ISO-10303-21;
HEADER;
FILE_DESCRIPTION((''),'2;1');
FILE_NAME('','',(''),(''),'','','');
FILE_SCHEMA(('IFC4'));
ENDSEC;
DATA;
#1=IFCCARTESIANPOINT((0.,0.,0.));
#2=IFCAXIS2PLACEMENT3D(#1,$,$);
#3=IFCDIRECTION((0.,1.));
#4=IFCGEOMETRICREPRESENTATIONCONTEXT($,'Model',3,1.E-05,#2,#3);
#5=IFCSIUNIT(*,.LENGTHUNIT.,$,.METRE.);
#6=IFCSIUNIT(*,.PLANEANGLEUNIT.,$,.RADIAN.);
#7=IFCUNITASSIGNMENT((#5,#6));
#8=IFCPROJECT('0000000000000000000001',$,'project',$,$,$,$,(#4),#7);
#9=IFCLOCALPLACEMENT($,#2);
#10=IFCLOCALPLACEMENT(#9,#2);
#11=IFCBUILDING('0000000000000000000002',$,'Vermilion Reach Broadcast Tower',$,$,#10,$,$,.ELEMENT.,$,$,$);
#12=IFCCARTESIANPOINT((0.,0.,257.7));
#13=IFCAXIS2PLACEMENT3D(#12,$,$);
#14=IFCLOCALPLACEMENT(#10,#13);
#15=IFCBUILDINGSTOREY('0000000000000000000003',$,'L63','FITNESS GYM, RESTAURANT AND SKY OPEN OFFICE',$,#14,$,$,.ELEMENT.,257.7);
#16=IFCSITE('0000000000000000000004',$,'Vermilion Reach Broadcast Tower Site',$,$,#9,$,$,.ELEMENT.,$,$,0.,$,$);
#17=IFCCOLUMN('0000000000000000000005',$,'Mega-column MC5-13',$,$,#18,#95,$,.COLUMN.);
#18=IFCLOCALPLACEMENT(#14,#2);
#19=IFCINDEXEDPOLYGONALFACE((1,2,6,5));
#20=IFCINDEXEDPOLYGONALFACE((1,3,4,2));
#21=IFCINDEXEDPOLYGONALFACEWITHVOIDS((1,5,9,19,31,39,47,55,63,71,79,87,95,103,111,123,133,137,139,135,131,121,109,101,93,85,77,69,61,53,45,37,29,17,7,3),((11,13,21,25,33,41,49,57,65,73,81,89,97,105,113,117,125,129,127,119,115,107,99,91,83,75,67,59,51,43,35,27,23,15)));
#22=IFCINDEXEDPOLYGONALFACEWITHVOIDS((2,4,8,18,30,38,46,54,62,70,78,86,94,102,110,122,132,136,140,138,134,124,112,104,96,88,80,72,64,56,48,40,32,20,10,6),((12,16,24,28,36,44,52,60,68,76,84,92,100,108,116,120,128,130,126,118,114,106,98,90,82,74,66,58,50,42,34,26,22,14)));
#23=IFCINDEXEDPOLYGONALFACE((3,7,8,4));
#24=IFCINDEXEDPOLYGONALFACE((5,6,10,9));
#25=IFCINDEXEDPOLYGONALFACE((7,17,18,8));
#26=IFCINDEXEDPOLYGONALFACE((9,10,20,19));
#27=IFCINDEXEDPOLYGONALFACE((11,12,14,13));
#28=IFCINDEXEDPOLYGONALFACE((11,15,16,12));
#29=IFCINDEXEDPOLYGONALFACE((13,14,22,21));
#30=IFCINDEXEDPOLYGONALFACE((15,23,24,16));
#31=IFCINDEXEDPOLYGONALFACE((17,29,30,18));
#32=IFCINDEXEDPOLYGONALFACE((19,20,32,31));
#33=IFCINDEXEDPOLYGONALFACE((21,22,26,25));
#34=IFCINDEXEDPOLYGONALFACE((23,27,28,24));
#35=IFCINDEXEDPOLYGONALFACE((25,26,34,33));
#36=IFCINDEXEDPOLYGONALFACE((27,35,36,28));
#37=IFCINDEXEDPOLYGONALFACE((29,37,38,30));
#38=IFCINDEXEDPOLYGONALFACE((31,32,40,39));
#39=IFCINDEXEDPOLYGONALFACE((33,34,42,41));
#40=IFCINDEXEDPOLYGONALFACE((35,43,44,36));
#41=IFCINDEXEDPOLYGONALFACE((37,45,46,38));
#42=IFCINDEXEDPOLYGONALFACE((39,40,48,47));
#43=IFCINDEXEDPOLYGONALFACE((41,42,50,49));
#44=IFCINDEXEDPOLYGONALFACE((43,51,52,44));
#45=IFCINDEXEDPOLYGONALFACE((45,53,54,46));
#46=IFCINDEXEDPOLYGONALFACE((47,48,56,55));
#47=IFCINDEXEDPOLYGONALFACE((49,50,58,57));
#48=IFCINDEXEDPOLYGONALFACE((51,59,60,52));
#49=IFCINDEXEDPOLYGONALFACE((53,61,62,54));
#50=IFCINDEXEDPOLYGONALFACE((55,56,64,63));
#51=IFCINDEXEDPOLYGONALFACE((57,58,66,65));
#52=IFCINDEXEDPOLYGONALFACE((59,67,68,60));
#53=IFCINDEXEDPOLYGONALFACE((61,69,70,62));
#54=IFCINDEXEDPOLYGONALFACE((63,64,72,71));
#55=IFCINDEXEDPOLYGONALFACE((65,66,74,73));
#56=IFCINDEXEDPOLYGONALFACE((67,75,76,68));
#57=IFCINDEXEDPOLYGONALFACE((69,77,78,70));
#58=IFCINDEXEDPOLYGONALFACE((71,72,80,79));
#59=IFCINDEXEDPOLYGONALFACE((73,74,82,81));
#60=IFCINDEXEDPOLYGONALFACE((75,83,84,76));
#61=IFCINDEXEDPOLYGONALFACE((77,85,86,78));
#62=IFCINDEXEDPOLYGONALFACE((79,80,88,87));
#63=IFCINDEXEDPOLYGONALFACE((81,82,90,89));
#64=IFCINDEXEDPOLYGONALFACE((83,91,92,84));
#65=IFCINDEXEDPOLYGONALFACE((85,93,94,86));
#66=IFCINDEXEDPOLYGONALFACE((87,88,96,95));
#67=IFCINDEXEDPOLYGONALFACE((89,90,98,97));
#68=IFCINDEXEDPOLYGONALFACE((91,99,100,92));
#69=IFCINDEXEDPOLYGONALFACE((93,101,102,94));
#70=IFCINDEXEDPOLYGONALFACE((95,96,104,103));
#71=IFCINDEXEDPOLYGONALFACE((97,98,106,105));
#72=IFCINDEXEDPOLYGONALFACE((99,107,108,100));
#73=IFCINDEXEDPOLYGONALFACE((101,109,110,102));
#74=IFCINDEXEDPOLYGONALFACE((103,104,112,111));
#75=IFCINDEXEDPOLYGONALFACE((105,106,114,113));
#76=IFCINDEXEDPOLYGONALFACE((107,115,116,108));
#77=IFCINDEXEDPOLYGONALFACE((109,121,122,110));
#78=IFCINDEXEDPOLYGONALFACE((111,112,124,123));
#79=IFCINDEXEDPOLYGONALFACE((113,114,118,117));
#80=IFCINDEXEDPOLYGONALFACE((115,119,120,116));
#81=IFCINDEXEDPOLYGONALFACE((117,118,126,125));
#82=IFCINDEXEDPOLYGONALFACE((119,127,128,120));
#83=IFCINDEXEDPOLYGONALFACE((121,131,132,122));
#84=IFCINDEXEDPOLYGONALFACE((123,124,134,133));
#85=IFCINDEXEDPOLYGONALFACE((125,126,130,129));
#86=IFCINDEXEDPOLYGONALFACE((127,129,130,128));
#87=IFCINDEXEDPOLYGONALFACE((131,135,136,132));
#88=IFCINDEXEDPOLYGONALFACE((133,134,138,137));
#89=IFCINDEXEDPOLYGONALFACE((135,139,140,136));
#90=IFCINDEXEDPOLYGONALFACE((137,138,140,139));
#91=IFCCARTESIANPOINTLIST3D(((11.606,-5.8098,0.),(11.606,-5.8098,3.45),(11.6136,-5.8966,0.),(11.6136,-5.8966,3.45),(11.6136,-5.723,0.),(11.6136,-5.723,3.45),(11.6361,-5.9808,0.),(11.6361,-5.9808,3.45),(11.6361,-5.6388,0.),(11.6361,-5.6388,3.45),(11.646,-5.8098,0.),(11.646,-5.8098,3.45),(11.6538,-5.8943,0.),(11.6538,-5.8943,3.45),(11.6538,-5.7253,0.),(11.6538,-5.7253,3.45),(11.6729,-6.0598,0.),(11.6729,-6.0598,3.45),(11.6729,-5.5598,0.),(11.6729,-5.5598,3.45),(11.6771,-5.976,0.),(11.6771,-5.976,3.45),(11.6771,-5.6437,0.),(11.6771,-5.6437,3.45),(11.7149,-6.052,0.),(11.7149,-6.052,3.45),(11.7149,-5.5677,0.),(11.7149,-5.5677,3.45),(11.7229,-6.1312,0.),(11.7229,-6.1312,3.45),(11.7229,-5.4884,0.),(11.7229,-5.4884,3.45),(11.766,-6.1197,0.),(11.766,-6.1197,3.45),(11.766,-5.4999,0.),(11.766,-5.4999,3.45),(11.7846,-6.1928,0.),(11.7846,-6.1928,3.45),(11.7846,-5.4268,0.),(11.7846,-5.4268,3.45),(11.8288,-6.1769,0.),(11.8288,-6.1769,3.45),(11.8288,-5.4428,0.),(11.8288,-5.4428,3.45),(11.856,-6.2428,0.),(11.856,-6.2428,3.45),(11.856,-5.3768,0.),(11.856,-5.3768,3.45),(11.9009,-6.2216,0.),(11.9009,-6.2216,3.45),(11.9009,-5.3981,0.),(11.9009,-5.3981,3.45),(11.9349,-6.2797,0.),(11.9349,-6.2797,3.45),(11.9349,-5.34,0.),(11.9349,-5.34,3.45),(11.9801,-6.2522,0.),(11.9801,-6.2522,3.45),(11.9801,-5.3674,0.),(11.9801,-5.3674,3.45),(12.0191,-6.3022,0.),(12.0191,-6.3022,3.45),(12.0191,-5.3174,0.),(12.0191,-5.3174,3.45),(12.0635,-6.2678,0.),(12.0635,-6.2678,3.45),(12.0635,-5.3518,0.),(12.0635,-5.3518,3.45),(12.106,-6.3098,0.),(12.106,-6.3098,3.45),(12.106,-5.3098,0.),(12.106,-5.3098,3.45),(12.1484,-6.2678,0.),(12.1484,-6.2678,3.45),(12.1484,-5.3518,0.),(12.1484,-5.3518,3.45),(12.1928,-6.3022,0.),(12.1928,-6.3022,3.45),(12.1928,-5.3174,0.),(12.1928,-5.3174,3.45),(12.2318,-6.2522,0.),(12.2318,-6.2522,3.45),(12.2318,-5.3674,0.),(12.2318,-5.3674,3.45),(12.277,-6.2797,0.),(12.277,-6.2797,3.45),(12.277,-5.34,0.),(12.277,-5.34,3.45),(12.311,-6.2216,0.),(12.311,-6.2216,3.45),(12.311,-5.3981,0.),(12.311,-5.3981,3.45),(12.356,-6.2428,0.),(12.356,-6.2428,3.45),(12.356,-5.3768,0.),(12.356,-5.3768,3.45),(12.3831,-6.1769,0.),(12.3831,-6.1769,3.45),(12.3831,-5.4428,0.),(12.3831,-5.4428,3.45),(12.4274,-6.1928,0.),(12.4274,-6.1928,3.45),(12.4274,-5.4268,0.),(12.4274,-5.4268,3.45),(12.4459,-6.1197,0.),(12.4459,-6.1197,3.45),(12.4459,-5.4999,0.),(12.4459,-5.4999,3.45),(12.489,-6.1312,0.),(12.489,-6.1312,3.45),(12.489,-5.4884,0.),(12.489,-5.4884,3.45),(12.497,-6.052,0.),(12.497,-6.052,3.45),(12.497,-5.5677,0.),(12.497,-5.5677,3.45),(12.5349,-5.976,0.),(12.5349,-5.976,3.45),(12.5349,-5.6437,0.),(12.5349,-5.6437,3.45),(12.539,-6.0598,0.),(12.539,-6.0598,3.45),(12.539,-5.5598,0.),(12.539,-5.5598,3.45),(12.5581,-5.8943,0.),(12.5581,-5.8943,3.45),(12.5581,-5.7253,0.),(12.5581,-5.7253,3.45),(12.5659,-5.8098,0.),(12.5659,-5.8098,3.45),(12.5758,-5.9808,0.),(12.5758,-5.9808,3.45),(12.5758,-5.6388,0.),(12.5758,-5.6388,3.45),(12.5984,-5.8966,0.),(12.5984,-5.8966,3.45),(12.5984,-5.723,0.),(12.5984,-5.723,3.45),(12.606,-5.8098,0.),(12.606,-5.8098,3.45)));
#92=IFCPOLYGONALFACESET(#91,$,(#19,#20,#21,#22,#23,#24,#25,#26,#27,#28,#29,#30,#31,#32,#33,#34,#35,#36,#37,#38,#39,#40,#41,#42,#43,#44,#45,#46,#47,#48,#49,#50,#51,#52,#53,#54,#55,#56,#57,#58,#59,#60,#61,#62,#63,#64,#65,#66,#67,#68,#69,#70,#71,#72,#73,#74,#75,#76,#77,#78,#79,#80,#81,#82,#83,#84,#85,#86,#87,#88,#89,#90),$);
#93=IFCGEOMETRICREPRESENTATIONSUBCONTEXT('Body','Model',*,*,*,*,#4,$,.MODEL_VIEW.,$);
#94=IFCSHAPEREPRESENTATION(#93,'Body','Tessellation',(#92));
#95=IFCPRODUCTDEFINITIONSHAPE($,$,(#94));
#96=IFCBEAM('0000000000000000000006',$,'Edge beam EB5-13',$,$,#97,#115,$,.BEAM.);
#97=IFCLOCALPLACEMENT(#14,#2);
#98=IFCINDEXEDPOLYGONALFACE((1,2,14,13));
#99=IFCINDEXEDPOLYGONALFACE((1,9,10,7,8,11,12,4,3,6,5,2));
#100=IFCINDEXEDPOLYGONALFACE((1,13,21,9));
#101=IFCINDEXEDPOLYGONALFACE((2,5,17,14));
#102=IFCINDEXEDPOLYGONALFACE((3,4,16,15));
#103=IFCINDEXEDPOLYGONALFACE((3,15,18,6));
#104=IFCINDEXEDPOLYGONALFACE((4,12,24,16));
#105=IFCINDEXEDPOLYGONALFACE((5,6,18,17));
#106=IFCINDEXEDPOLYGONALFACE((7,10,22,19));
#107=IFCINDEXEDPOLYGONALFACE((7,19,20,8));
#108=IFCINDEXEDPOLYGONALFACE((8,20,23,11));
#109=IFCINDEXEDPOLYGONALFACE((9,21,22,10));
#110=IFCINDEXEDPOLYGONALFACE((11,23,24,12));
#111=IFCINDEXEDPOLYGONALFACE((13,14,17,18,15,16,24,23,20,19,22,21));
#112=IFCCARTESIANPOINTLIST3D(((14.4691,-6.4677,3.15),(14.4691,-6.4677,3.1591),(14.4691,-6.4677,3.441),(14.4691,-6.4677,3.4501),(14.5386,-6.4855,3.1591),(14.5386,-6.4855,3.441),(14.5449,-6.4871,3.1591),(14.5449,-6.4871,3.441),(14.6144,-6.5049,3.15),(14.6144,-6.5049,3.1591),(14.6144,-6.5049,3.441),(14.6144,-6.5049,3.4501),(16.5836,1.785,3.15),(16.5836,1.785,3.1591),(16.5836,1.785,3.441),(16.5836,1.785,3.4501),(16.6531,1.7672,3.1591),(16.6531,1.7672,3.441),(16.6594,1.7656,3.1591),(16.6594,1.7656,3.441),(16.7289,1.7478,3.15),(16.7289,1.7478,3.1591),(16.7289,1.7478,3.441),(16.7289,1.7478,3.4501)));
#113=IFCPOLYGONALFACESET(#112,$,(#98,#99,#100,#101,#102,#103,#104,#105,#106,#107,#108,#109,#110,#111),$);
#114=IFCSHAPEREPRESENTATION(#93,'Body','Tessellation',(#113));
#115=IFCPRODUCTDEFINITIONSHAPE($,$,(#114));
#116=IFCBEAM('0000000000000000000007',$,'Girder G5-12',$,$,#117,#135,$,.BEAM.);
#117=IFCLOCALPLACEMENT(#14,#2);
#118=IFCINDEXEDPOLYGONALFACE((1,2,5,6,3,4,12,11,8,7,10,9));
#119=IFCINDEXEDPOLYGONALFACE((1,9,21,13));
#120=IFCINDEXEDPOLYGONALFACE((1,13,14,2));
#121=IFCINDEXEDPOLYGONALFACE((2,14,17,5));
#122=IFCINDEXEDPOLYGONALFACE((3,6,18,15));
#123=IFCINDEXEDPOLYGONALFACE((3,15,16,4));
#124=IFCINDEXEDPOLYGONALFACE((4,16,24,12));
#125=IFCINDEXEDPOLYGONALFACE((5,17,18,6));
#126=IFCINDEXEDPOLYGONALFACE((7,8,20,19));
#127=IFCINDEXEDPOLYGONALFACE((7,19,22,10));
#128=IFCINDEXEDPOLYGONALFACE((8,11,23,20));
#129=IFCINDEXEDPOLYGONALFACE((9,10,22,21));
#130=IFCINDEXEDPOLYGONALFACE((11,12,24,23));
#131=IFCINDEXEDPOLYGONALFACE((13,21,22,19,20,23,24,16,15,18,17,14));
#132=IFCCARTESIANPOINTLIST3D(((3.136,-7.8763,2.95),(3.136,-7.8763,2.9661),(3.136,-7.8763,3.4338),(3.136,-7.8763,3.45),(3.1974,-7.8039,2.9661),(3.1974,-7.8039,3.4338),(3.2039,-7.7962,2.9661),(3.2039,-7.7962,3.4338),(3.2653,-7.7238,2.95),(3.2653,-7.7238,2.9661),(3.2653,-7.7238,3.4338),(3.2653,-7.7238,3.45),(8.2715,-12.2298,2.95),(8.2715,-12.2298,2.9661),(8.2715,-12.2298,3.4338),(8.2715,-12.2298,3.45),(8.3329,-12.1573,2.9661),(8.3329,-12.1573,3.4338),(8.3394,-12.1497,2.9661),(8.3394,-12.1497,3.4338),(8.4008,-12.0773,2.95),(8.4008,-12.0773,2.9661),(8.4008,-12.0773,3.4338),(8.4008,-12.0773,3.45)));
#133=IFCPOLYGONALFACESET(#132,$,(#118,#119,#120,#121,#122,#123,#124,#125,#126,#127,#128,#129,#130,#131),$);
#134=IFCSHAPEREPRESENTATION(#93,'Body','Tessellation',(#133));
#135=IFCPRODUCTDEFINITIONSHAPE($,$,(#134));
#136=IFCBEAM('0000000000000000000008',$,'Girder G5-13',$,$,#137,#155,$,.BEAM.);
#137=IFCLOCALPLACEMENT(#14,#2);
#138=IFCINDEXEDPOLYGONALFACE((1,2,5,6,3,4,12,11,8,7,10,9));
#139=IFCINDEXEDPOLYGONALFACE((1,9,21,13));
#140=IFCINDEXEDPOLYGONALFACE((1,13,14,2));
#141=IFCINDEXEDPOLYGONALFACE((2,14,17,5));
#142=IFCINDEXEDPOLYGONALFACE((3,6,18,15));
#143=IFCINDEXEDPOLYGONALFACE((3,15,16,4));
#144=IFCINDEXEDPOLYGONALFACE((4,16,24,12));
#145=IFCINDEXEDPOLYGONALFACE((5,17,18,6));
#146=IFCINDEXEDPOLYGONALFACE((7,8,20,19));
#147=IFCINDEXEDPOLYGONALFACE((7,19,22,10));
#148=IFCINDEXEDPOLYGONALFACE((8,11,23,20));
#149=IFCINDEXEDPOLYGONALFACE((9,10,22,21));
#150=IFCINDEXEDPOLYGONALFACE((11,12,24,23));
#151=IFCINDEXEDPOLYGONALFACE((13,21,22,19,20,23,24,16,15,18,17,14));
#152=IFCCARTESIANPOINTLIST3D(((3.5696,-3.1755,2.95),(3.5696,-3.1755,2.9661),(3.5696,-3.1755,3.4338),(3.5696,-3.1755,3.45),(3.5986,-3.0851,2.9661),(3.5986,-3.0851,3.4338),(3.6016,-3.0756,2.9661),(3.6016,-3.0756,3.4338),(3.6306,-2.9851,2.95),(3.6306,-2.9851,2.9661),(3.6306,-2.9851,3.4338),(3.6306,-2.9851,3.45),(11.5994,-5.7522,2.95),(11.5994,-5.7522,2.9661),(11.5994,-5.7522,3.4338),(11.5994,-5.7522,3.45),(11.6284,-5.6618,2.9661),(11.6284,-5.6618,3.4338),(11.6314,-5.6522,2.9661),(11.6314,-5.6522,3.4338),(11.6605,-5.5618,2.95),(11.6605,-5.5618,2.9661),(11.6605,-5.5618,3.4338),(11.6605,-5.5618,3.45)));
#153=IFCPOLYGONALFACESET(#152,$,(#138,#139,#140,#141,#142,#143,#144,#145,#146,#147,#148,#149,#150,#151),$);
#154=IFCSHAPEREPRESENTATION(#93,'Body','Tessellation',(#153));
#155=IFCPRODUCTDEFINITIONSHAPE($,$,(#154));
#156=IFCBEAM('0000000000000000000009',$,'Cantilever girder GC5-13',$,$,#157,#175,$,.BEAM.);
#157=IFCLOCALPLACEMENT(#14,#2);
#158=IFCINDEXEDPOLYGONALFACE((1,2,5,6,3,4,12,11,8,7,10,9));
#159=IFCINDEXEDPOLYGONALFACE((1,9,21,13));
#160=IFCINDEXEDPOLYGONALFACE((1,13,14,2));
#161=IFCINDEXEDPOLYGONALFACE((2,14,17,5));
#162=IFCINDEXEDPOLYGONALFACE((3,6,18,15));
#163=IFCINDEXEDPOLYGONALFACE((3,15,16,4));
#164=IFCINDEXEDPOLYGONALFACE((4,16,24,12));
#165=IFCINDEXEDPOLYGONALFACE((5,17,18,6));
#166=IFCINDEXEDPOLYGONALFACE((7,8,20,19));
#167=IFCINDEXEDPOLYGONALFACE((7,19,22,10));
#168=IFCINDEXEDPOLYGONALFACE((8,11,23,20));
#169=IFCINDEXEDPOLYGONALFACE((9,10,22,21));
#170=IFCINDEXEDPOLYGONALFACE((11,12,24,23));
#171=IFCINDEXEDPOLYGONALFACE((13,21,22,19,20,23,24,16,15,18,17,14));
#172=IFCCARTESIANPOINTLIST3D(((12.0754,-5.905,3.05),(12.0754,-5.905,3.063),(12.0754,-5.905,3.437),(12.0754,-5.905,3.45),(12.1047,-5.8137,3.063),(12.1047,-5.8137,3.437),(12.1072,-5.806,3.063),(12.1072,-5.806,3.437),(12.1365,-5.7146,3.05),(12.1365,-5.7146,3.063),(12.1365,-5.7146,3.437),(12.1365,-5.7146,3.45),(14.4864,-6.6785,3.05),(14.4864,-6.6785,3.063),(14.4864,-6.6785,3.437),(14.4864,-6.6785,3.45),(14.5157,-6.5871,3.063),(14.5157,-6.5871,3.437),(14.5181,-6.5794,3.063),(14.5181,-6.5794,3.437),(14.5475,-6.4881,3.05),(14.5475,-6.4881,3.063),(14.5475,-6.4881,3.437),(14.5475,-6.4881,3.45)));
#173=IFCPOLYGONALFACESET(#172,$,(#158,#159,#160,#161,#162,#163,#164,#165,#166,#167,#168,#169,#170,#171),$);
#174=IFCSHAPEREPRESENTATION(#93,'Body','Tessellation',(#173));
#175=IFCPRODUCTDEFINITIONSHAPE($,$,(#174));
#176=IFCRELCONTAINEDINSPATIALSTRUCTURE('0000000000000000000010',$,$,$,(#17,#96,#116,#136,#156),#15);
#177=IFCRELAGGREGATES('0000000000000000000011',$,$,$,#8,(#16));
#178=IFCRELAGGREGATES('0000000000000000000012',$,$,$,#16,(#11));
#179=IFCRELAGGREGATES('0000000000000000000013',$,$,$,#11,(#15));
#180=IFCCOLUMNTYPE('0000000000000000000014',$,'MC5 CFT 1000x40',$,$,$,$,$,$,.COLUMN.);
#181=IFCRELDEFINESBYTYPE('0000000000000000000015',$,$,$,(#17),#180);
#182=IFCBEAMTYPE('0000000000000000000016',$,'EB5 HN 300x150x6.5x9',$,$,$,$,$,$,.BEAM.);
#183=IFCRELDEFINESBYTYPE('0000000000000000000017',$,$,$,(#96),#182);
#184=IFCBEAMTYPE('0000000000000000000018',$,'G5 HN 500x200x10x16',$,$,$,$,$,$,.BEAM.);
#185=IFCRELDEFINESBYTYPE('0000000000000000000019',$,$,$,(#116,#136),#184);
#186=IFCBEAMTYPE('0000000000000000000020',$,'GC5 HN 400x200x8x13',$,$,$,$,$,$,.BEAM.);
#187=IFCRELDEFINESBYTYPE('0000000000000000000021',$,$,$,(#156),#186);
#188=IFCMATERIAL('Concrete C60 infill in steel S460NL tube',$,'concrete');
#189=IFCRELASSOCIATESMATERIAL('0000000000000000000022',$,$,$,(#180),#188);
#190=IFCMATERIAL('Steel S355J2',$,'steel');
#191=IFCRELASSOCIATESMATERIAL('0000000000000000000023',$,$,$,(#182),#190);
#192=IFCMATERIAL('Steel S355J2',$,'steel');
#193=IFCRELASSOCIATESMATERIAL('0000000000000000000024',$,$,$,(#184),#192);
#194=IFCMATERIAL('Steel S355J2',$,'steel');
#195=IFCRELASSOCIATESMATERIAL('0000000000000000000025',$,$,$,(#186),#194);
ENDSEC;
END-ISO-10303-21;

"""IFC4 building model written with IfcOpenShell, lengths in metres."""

from ifc_helpers import new_model, si_unit, direction, frame, origin, origin_2d, place, context, subcontext, project, spatial, hollow_circle, i_section, extrude, material, material_profile, profile_set, type_object, element, save


model = new_model("IFC4")

# Units and contexts
model_context = context("Model", 3, precision=1e-05, world=origin(), true_north=direction((0.0, 1.0)))
body_context = subcontext(model_context, "Body", "Model", "MODEL_VIEW")
ifc_project = project(units=[si_unit("LENGTHUNIT", "METRE"), si_unit("PLANEANGLEUNIT", "RADIAN")], contexts=[model_context])

# Site, building, storey
site_placement = place(None, origin())
site = spatial("IfcSite", under=ifc_project, at=site_placement, Name="Vermilion Reach Broadcast Tower Site", CompositionType="ELEMENT", RefElevation=0.0)
building_placement = place(site_placement, origin())
building = spatial("IfcBuilding", under=site, at=building_placement, Name="Vermilion Reach Broadcast Tower", CompositionType="ELEMENT")
storey_placement = place(building_placement, frame((0.0, 0.0, 257.7)))
storey = spatial("IfcBuildingStorey", under=building, at=storey_placement, Name="L63", Description="FITNESS GYM, RESTAURANT AND SKY OPEN OFFICE", CompositionType="ELEMENT", Elevation=257.7)

# Column
ifc_material_1 = material(Name="Concrete C60 infill in steel S460NL tube", Category="concrete")
ifc_material_profile_1 = material_profile(ifc_material_1, hollow_circle(Radius=0.5, WallThickness=0.04, at=origin_2d()), Name="Concrete C60 infill in steel S460NL tube CFT 1000x40")
ifc_profile_set_1 = profile_set([ifc_material_profile_1], Name="Concrete C60 infill in steel S460NL tube")
column_type = type_object("IfcColumnType", Name="MC5 CFT 1000x40", PredefinedType="COLUMN", material=ifc_profile_set_1)
column_placement = place(storey_placement, frame((12.106, -5.8098, 0.0), z_axis=(0.0, 0.0, 1.0), x_axis=(1.0, 0.0, 0.0)))
element("IfcColumn", 1, at=column_placement, inside=storey, type_object=column_type, Name="Mega-column MC5-13", PredefinedType="COLUMN", context=body_context, shape_type="SweptSolid", body=[
    extrude(hollow_circle(Radius=0.5, WallThickness=0.04, at=origin_2d()), origin(), (0.0, 0.0, 1.0), 3.45),
])

# Beams
ifc_material_2 = material(Name="Steel S355J2", Category="steel")
ifc_material_profile_2 = material_profile(ifc_material_2, i_section(OverallWidth=0.1499, OverallDepth=0.3, WebThickness=0.0066, FlangeThickness=0.009, at=origin_2d()), Name="S355J2 HN 300x150x6.5x9")
ifc_profile_set_2 = profile_set([ifc_material_profile_2], Name="Steel S355J2")
beam_type_1 = type_object("IfcBeamType", Name="EB5 HN 300x150x6.5x9", PredefinedType="BEAM", material=ifc_profile_set_2)
beam_1_placement = place(storey_placement, frame((14.5417, -6.4863, 3.3), z_axis=(0.248202, 0.968708, 0.0), x_axis=(-0.968708, 0.248202, 0.0)))
element("IfcBeam", 2, at=beam_1_placement, inside=storey, type_object=beam_type_1, Name="Edge beam EB5-13", PredefinedType="BEAM", context=body_context, shape_type="SweptSolid", body=[
    extrude(i_section(OverallWidth=0.1499, OverallDepth=0.3, WebThickness=0.0066, FlangeThickness=0.009, at=origin_2d()), origin(), (0.0, 0.0, 1.0), 8.5193),
])
ifc_material_3 = material(Name="Steel S355J2", Category="steel")
ifc_material_profile_3 = material_profile(ifc_material_3, i_section(OverallWidth=0.2, OverallDepth=0.5, WebThickness=0.01, FlangeThickness=0.0161, at=origin_2d()), Name="S355J2 HN 500x200x10x16")
ifc_profile_set_3 = profile_set([ifc_material_profile_3], Name="Steel S355J2")
beam_type_2 = type_object("IfcBeamType", Name="G5 HN 500x200x10x16", PredefinedType="BEAM", material=ifc_profile_set_3)
beam_2_placement = place(storey_placement, frame((3.2007, -7.8, 3.2), z_axis=(0.762793, -0.646643, 0.0), x_axis=(0.646643, 0.762793, 0.0)))
element("IfcBeam", 3, at=beam_2_placement, inside=storey, type_object=beam_type_2, Name="Girder G5-12", PredefinedType="BEAM", context=body_context, shape_type="SweptSolid", body=[
    extrude(i_section(OverallWidth=0.2, OverallDepth=0.5, WebThickness=0.01, FlangeThickness=0.0161, at=origin_2d()), origin(), (0.0, 0.0, 1.0), 6.7324),
])
beam_3_placement = place(storey_placement, frame((3.6001, -3.0803, 3.2), z_axis=(0.952178, -0.305542, 0.0), x_axis=(0.305542, 0.952178, 0.0)))
element("IfcBeam", 4, at=beam_3_placement, inside=storey, type_object=beam_type_2, Name="Girder G5-13", PredefinedType="BEAM", context=body_context, shape_type="SweptSolid", body=[
    extrude(i_section(OverallWidth=0.2, OverallDepth=0.5, WebThickness=0.01, FlangeThickness=0.0161, at=origin_2d()), origin(), (0.0, 0.0, 1.0), 8.4331),
])
ifc_material_4 = material(Name="Steel S355J2", Category="steel")
ifc_material_profile_4 = material_profile(ifc_material_4, i_section(OverallWidth=0.2, OverallDepth=0.3999, WebThickness=0.0081, FlangeThickness=0.0129, at=origin_2d()), Name="S355J2 HN 400x200x8x13")
ifc_profile_set_4 = profile_set([ifc_material_profile_4], Name="Steel S355J2")
beam_type_3 = type_object("IfcBeamType", Name="GC5 HN 400x200x8x13", PredefinedType="BEAM", material=ifc_profile_set_4)
beam_4_placement = place(storey_placement, frame((12.106, -5.8098, 3.25), z_axis=(0.9522, -0.305475, 0.0), x_axis=(0.305475, 0.9522, 0.0)))
element("IfcBeam", 5, at=beam_4_placement, inside=storey, type_object=beam_type_3, Name="Cantilever girder GC5-13", PredefinedType="BEAM", context=body_context, shape_type="SweptSolid", body=[
    extrude(i_section(OverallWidth=0.2, OverallDepth=0.3999, WebThickness=0.0081, FlangeThickness=0.0129, at=origin_2d()), origin(), (0.0, 0.0, 1.0), 2.532),
])

save(model, "model.ifc")
